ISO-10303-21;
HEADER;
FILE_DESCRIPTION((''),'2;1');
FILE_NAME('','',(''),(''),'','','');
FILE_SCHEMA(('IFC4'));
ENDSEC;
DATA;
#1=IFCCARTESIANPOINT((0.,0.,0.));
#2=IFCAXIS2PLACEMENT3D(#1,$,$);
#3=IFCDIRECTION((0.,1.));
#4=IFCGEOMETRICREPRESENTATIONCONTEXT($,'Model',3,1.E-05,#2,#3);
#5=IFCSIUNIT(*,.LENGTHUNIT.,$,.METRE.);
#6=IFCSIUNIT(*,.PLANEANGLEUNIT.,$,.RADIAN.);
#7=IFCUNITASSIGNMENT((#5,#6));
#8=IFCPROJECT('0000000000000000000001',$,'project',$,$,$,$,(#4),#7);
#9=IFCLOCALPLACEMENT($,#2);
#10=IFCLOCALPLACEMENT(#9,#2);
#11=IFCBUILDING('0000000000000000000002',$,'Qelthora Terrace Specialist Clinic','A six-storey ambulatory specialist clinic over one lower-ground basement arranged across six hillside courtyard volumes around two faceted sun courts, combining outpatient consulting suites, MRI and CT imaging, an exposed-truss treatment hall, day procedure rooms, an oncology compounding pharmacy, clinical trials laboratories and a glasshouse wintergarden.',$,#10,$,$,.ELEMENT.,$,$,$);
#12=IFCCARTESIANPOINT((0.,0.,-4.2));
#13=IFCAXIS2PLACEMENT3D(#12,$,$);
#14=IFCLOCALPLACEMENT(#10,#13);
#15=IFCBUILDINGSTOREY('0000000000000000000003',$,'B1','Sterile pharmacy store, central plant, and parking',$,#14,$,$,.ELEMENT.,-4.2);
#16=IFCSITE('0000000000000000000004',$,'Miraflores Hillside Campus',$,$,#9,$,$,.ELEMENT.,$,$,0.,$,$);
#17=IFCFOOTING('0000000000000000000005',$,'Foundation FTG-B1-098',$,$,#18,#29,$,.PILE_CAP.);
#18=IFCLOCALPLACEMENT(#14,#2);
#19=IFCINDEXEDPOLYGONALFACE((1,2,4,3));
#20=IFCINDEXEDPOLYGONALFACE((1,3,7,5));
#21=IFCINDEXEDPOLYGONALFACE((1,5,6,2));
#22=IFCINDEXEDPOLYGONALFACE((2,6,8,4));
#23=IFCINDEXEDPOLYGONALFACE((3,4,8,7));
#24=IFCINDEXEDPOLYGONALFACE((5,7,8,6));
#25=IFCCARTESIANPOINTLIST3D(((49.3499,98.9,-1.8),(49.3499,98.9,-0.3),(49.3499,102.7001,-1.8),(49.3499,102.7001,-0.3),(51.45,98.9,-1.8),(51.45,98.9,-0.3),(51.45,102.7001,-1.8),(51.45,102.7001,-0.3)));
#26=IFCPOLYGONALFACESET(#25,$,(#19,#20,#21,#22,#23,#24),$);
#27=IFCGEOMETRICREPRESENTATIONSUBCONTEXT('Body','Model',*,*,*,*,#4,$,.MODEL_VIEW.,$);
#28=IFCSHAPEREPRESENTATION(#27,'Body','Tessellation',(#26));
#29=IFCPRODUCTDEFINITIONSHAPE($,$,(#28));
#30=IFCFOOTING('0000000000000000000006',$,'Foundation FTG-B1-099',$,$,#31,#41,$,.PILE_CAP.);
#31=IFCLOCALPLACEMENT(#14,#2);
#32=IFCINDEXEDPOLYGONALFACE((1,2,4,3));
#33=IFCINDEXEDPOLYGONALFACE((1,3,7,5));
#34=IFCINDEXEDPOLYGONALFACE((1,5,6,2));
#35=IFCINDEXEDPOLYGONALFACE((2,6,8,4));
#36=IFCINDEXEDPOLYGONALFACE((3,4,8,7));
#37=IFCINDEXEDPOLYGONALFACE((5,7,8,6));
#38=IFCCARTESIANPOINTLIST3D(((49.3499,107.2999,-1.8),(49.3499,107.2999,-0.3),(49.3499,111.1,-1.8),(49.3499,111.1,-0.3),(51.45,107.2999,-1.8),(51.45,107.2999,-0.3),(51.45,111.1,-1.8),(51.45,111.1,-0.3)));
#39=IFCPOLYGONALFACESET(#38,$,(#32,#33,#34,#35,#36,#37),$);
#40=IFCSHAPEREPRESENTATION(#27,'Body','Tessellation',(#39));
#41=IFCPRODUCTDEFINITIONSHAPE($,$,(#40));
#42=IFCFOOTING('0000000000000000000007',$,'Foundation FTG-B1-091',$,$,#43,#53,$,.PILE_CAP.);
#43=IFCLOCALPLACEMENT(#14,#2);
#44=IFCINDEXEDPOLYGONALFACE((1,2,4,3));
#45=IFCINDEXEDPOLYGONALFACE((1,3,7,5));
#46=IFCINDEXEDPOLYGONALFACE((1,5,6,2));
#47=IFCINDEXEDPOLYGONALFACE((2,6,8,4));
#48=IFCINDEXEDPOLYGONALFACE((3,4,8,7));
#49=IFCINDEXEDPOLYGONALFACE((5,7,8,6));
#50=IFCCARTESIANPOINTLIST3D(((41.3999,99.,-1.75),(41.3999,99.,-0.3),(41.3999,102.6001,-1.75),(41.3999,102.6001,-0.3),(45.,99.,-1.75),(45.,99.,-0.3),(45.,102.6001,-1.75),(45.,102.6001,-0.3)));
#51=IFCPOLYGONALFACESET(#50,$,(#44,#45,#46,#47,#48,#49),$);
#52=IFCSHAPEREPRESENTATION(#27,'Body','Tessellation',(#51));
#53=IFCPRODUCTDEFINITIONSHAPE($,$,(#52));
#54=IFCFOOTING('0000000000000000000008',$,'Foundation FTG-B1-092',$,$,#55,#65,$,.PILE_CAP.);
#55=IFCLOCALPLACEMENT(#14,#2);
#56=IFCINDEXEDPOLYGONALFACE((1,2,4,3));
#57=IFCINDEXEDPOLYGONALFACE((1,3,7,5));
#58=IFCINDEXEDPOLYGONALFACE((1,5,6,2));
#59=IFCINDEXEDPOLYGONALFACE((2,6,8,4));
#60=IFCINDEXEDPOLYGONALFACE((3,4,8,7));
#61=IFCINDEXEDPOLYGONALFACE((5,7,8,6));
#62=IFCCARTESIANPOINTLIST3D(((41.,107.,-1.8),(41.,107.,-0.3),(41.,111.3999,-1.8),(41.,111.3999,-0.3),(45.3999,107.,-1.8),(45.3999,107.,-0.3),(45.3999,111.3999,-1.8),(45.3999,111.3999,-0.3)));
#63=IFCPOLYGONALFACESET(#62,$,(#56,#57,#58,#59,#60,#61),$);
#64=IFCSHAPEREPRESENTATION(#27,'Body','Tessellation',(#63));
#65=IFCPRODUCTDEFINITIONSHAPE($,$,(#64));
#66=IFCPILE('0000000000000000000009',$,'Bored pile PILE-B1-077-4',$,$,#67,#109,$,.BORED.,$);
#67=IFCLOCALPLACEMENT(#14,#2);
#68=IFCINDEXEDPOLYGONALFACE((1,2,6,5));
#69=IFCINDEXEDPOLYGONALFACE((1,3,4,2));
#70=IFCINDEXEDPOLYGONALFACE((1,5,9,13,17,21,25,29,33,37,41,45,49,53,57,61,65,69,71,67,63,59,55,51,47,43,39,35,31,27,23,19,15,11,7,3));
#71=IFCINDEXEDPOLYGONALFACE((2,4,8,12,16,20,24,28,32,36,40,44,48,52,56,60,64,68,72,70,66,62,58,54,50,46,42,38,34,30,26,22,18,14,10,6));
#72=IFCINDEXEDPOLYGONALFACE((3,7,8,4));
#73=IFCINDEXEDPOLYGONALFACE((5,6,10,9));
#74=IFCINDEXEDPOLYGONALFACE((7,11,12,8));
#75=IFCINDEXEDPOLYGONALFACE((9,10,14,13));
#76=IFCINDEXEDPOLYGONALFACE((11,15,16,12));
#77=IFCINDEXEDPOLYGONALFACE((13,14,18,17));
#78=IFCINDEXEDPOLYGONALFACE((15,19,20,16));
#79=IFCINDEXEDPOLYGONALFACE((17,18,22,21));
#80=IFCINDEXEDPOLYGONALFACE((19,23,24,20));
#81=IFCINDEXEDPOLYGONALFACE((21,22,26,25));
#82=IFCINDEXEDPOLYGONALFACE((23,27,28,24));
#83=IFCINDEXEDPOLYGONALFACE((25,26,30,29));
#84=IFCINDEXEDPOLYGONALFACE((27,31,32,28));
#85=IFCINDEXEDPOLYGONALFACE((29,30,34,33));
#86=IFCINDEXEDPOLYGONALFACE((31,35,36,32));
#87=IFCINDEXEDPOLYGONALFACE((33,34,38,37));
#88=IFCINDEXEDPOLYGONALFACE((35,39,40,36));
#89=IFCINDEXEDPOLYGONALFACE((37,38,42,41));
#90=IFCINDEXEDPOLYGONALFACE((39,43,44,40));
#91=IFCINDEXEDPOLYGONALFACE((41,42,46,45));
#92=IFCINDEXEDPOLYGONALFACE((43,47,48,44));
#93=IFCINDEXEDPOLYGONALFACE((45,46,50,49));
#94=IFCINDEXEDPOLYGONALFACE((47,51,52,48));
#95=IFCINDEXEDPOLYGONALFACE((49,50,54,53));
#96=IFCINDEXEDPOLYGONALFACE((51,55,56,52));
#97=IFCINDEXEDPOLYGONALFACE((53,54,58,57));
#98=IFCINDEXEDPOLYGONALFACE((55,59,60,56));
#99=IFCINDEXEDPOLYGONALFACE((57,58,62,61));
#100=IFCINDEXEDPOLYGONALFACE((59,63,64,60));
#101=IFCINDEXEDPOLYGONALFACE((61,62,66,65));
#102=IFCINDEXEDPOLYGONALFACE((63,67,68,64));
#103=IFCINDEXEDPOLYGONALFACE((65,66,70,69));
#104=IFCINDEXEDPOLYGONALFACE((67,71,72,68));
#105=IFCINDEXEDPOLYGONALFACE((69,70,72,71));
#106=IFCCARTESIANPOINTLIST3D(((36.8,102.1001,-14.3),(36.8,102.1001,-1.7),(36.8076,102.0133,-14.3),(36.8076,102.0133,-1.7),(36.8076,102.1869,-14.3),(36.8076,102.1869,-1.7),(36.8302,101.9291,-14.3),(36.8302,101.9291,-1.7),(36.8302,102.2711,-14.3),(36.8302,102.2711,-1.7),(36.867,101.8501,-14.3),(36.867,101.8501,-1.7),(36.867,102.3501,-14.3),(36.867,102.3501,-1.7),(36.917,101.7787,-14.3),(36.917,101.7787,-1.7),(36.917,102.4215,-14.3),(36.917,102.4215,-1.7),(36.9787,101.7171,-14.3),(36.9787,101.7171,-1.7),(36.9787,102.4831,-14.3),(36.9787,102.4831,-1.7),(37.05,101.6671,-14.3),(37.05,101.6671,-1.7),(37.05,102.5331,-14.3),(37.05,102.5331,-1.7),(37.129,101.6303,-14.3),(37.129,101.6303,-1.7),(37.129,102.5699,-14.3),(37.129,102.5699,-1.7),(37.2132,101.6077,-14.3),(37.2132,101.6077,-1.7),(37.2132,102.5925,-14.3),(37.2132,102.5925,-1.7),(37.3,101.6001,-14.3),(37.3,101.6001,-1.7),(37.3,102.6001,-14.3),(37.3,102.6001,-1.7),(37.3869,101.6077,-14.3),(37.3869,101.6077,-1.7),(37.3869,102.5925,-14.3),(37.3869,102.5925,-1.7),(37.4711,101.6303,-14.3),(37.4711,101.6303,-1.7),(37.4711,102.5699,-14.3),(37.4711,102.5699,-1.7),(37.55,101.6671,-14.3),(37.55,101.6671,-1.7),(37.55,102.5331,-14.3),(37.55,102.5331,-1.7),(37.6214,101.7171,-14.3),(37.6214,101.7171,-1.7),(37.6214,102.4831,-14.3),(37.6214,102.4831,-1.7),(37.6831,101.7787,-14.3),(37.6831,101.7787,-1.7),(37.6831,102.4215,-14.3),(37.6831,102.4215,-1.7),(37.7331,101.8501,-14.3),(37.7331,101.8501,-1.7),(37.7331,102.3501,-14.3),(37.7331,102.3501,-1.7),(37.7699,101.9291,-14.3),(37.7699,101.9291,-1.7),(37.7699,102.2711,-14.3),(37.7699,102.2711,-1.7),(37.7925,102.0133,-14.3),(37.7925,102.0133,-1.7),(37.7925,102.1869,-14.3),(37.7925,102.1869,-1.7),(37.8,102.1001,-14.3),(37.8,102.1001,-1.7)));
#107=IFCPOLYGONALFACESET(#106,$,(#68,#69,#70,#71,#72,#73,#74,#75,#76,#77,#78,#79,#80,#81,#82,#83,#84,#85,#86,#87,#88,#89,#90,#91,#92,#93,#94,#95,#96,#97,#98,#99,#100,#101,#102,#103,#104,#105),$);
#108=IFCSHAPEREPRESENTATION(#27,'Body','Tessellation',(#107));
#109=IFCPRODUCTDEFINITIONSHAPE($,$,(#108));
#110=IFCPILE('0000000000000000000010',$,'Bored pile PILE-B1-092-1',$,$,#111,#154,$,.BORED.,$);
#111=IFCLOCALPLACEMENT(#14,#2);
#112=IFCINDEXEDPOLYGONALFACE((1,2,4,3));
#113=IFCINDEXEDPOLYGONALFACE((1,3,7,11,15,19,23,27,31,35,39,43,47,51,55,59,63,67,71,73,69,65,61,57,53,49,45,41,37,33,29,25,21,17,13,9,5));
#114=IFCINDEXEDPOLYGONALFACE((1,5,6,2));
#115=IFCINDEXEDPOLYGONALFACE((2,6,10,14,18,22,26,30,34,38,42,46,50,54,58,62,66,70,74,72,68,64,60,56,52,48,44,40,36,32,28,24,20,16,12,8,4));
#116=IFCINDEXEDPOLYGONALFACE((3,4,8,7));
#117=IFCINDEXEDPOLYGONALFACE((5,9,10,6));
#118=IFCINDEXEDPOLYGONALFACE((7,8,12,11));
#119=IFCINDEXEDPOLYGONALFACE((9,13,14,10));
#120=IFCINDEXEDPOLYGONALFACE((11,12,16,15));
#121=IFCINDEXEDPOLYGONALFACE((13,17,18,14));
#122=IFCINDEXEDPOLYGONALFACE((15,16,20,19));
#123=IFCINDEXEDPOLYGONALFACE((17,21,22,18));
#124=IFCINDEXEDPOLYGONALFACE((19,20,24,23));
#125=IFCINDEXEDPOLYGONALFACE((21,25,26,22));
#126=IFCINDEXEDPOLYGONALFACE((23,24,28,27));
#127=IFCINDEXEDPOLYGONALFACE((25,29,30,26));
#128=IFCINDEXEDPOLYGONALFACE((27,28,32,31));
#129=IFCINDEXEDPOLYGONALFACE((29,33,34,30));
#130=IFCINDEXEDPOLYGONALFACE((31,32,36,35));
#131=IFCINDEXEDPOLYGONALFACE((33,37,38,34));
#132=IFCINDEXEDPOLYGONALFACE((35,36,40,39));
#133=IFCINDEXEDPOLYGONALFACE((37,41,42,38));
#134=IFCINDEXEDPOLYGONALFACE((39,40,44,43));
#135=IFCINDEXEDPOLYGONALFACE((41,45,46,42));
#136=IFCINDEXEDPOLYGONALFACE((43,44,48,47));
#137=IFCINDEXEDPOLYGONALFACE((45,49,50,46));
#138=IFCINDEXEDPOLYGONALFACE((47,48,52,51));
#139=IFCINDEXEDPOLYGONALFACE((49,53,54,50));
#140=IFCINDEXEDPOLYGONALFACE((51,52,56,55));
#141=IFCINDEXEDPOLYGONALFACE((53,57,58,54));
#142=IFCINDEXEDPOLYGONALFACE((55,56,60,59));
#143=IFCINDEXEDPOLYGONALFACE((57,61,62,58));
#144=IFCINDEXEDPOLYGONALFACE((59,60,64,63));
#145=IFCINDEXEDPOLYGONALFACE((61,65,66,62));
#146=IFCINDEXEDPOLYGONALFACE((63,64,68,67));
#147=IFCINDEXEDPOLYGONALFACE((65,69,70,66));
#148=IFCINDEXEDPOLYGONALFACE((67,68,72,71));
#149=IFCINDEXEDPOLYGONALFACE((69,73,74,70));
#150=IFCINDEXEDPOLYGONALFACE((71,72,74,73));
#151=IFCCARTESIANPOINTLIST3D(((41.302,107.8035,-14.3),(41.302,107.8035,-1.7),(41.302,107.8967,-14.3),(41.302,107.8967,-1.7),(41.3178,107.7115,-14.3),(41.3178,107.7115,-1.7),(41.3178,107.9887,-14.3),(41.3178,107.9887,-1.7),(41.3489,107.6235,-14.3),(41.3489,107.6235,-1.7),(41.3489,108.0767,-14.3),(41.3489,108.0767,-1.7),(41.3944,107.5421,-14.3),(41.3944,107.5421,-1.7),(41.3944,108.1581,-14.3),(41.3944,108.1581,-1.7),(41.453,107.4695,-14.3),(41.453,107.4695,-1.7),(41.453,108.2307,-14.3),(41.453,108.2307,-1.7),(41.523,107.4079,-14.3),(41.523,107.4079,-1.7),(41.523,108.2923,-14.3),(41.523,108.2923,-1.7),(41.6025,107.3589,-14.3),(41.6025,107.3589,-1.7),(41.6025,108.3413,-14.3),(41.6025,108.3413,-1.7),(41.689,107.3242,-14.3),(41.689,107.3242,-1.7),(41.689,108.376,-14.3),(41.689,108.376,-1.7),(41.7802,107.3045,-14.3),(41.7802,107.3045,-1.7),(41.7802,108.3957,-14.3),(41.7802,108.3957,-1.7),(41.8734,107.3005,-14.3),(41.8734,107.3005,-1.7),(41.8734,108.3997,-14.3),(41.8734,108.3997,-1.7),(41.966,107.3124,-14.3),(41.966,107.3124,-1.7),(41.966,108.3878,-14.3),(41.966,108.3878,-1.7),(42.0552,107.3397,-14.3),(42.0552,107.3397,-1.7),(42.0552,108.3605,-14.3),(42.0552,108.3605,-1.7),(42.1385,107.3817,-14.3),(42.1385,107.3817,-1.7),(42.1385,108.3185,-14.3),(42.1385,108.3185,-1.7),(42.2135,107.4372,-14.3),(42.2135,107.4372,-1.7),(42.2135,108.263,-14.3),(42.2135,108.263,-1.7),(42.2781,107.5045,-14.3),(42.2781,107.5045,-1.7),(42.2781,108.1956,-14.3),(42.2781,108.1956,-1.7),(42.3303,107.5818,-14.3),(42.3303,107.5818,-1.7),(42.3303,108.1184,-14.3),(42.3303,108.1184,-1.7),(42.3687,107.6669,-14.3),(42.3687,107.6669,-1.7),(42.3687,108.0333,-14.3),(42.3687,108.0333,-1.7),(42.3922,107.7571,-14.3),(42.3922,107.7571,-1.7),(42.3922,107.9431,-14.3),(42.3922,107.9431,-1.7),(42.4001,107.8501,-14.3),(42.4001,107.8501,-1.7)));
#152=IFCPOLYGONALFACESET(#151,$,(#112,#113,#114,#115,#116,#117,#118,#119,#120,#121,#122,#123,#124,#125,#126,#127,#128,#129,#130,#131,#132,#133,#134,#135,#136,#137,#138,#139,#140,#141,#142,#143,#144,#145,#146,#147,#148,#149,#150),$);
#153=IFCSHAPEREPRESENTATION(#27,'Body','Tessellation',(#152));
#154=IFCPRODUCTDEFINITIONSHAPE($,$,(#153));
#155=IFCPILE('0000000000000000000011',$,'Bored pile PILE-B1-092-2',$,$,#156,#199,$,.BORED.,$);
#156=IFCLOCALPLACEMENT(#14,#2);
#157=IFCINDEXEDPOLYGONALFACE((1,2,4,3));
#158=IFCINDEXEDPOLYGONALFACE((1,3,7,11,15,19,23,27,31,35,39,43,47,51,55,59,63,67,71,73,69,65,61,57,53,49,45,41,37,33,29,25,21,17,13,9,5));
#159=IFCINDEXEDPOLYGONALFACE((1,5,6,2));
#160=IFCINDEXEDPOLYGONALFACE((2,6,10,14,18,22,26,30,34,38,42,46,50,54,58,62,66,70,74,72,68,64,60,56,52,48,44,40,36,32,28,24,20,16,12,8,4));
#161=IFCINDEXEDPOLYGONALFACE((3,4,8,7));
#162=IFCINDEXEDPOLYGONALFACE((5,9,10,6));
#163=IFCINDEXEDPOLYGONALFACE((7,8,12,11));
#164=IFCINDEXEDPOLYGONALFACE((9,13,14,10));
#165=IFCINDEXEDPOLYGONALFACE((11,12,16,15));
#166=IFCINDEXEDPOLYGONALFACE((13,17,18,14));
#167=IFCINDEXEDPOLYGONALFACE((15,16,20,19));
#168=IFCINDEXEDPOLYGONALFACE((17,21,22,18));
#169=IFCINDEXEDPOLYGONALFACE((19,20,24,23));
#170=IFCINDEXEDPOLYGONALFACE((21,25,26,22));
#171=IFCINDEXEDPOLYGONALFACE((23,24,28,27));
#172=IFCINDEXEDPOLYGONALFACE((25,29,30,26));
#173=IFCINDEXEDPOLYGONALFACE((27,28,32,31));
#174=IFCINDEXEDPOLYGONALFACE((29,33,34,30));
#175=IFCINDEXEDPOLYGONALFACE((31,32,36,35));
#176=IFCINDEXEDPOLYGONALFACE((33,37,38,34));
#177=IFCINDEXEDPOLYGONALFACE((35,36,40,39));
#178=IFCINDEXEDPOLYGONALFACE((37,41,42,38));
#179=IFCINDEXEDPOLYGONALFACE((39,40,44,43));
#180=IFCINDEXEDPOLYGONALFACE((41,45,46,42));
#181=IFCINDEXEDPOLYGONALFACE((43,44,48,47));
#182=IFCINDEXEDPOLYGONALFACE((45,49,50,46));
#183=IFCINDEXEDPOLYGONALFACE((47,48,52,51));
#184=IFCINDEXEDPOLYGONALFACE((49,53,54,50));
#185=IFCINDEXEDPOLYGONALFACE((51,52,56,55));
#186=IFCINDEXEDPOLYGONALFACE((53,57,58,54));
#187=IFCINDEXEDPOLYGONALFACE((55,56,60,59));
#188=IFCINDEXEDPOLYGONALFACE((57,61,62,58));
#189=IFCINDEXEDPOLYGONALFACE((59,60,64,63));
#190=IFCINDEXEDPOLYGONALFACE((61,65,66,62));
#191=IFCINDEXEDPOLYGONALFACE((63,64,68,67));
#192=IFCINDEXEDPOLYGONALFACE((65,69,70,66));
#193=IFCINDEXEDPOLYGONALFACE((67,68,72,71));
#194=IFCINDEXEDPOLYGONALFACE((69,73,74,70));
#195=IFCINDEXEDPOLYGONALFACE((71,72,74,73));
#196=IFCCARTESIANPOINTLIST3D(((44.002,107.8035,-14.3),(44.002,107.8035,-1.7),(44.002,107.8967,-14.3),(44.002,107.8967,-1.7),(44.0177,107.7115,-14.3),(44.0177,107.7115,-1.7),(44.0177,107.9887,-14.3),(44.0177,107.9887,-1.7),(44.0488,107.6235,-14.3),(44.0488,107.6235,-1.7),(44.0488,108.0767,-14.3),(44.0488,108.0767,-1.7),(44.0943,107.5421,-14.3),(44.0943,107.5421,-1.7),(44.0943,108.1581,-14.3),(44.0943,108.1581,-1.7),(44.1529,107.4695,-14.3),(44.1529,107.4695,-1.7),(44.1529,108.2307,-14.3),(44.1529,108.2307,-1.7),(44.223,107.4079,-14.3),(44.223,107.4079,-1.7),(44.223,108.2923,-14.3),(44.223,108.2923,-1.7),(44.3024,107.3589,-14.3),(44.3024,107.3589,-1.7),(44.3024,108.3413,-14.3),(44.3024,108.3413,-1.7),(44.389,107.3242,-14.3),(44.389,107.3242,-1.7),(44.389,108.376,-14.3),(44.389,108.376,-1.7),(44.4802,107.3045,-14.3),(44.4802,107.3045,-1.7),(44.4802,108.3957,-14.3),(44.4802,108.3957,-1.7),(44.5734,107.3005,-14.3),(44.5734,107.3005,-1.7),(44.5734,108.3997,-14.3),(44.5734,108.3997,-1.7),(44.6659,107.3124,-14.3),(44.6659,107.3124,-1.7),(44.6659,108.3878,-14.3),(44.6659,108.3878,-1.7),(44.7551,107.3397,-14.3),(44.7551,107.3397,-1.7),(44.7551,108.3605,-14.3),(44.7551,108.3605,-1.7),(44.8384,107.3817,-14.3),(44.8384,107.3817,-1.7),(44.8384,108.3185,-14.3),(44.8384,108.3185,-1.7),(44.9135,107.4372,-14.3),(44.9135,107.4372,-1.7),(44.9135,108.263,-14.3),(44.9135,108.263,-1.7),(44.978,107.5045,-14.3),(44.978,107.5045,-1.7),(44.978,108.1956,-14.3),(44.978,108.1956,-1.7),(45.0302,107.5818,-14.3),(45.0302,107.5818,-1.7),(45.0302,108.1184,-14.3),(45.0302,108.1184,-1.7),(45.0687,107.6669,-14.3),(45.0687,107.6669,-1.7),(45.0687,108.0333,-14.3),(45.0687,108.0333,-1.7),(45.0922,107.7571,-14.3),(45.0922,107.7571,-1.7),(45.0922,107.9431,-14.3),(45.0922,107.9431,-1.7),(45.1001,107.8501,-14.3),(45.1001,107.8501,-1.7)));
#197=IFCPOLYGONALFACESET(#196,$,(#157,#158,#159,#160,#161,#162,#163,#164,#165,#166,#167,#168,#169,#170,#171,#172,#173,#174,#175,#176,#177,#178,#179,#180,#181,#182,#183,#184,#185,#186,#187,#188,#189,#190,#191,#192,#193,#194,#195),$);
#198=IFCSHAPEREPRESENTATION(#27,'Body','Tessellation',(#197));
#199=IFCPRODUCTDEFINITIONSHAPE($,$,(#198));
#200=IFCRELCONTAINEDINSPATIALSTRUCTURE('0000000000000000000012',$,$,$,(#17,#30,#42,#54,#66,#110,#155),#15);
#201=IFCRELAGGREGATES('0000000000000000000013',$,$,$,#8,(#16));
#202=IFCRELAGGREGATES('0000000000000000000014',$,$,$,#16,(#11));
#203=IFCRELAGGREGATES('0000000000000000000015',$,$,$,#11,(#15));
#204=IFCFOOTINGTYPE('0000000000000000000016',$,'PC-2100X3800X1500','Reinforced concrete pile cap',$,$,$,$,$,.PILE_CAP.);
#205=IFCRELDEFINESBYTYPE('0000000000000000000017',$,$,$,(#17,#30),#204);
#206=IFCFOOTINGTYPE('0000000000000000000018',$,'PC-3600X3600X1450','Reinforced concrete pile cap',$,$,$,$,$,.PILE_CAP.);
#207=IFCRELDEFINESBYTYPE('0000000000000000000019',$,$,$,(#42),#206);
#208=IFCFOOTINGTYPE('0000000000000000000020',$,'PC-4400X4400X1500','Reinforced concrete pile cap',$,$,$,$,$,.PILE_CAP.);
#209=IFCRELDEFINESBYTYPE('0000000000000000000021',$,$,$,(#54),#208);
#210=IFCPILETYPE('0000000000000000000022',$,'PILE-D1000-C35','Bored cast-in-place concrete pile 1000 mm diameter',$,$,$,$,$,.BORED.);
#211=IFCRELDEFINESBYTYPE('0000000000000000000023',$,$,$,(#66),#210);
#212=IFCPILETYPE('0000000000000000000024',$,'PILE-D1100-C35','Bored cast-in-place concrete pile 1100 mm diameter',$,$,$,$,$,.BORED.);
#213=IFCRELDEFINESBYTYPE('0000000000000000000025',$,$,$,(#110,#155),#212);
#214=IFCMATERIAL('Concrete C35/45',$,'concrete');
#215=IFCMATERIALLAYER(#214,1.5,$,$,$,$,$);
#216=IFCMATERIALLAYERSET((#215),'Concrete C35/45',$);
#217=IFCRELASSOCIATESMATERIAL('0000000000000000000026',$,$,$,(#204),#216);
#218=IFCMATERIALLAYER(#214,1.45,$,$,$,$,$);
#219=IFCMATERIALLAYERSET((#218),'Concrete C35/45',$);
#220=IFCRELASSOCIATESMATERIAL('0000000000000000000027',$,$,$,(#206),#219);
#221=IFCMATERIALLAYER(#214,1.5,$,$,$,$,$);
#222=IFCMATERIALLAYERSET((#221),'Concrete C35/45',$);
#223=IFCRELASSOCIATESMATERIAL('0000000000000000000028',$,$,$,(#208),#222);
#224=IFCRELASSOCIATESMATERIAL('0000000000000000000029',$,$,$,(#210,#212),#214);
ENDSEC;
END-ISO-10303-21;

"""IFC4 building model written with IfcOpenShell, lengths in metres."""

from ifc_helpers import new_model, si_unit, direction, frame, origin, origin_2d, place, context, subcontext, project, spatial, rectangle, circle, extrude, material, layer, layer_set, material_profile, profile_set, type_object, element, save


model = new_model("IFC4")

# Units and contexts
model_context = context("Model", 3, precision=1e-05, world=origin(), true_north=direction((0.0, 1.0)))
body_context = subcontext(model_context, "Body", "Model", "MODEL_VIEW")
ifc_project = project(units=[si_unit("LENGTHUNIT", "METRE"), si_unit("PLANEANGLEUNIT", "RADIAN")], contexts=[model_context])

# Site, building, storey
site_placement = place(None, origin())
site = spatial("IfcSite", under=ifc_project, at=site_placement, Name="Miraflores Hillside Campus", CompositionType="ELEMENT", RefElevation=0.0)
building_placement = place(site_placement, origin())
building = spatial("IfcBuilding", under=site, at=building_placement, Name="Qelthora Terrace Specialist Clinic", Description="A six-storey ambulatory specialist clinic over one lower-ground basement arranged across six hillside courtyard volumes around two faceted sun courts, combining outpatient consulting suites, MRI and CT imaging, an exposed-truss treatment hall, day procedure rooms, an oncology compounding pharmacy, clinical trials laboratories and a glasshouse wintergarden.", CompositionType="ELEMENT")
storey_placement = place(building_placement, frame((0.0, 0.0, -4.2)))
storey = spatial("IfcBuildingStorey", under=building, at=storey_placement, Name="B1", Description="Sterile pharmacy store, central plant, and parking", CompositionType="ELEMENT", Elevation=-4.2)

# Footings
ifc_material_1 = material(Name="Concrete C35/45", Category="concrete")
ifc_layer_1 = layer(ifc_material_1, 1.5)
ifc_layer_set_1 = layer_set([ifc_layer_1], Name="Concrete C35/45")
footing_type_1 = type_object("IfcFootingType", Name="PC-2100X3800X1500", Description="Reinforced concrete pile cap", PredefinedType="PILE_CAP", material=ifc_layer_set_1)
for number, where, z_axis, x_axis, name in (
    (1, (50.3999, 100.8, -1.8), (0.0, 0.0, 1.0), (1.0, 0.0, 0.0), "Foundation FTG-B1-098"),
    (2, (50.3999, 109.2, -1.8), (0.0, 0.0, 1.0), (1.0, 0.0, 0.0), "Foundation FTG-B1-099"),
):
    element("IfcFooting", number, at=place(storey_placement, frame(where, z_axis=z_axis, x_axis=x_axis)), inside=storey, type_object=footing_type_1, Name=name, PredefinedType="PILE_CAP", context=body_context, shape_type="SweptSolid", body=[
        extrude(rectangle(XDim=2.1001, YDim=3.8, at=origin_2d()), origin(), (0.0, 0.0, 1.0), 1.5),
    ])
ifc_layer_2 = layer(ifc_material_1, 1.45)
ifc_layer_set_2 = layer_set([ifc_layer_2], Name="Concrete C35/45")
footing_type_2 = type_object("IfcFootingType", Name="PC-3600X3600X1450", Description="Reinforced concrete pile cap", PredefinedType="PILE_CAP", material=ifc_layer_set_2)
footing_1_placement = place(storey_placement, frame((43.2, 100.8, -1.75), z_axis=(0.0, 0.0, 1.0), x_axis=(1.0, 0.0, 0.0)))
element("IfcFooting", 3, at=footing_1_placement, inside=storey, type_object=footing_type_2, Name="Foundation FTG-B1-091", PredefinedType="PILE_CAP", context=body_context, shape_type="SweptSolid", body=[
    extrude(rectangle(XDim=3.6001, YDim=3.6001, at=origin_2d()), origin(), (0.0, 0.0, 1.0), 1.45),
])
ifc_layer_3 = layer(ifc_material_1, 1.5)
ifc_layer_set_3 = layer_set([ifc_layer_3], Name="Concrete C35/45")
footing_type_3 = type_object("IfcFootingType", Name="PC-4400X4400X1500", Description="Reinforced concrete pile cap", PredefinedType="PILE_CAP", material=ifc_layer_set_3)
footing_2_placement = place(storey_placement, frame((43.2, 109.2, -1.8), z_axis=(0.0, 0.0, 1.0), x_axis=(1.0, 0.0, 0.0)))
element("IfcFooting", 4, at=footing_2_placement, inside=storey, type_object=footing_type_3, Name="Foundation FTG-B1-092", PredefinedType="PILE_CAP", context=body_context, shape_type="SweptSolid", body=[
    extrude(rectangle(XDim=4.3999, YDim=4.3999, at=origin_2d()), origin(), (0.0, 0.0, 1.0), 1.5),
])

# Piles
ifc_material_profile_1 = material_profile(ifc_material_1, circle(Radius=0.5, at=origin_2d()), Name="PILE1000")
ifc_profile_set_1 = profile_set([ifc_material_profile_1], Name="Concrete C35/45")
pile_type_1 = type_object("IfcPileType", Name="PILE-D1000-C35", Description="Bored cast-in-place concrete pile 1000 mm diameter", PredefinedType="BORED", material=ifc_profile_set_1)
pile_placement = place(storey_placement, frame((37.3, 102.1001, -1.7), z_axis=(0.0, 0.0, -1.0), x_axis=(1.0, 0.0, 0.0)))
element("IfcPile", 5, at=pile_placement, inside=storey, type_object=pile_type_1, Name="Bored pile PILE-B1-077-4", PredefinedType="BORED", context=body_context, shape_type="SweptSolid", body=[
    extrude(circle(Radius=0.5, at=origin_2d()), origin(), (0.0, 0.0, 1.0), 12.6001),
])
ifc_material_profile_2 = material_profile(ifc_material_1, circle(Radius=0.55, at=origin_2d()), Name="PILE1100")
ifc_profile_set_2 = profile_set([ifc_material_profile_2], Name="Concrete C35/45")
pile_type_2 = type_object("IfcPileType", Name="PILE-D1100-C35", Description="Bored cast-in-place concrete pile 1100 mm diameter", PredefinedType="BORED", material=ifc_profile_set_2)
for number, where, z_axis, x_axis, name in (
    (6, (41.8501, 107.8501, -1.7), (0.0, 0.0, -1.0), (1.0, 0.0, 0.0), "Bored pile PILE-B1-092-1"),
    (7, (44.55, 107.8501, -1.7), (0.0, 0.0, -1.0), (1.0, 0.0, 0.0), "Bored pile PILE-B1-092-2"),
):
    element("IfcPile", number, at=place(storey_placement, frame(where, z_axis=z_axis, x_axis=x_axis)), inside=storey, type_object=pile_type_2, Name=name, PredefinedType="BORED", context=body_context, shape_type="SweptSolid", body=[
        extrude(circle(Radius=0.55, at=origin_2d()), origin(), (0.0, 0.0, 1.0), 12.6001),
    ])

save(model, "model.ifc")
